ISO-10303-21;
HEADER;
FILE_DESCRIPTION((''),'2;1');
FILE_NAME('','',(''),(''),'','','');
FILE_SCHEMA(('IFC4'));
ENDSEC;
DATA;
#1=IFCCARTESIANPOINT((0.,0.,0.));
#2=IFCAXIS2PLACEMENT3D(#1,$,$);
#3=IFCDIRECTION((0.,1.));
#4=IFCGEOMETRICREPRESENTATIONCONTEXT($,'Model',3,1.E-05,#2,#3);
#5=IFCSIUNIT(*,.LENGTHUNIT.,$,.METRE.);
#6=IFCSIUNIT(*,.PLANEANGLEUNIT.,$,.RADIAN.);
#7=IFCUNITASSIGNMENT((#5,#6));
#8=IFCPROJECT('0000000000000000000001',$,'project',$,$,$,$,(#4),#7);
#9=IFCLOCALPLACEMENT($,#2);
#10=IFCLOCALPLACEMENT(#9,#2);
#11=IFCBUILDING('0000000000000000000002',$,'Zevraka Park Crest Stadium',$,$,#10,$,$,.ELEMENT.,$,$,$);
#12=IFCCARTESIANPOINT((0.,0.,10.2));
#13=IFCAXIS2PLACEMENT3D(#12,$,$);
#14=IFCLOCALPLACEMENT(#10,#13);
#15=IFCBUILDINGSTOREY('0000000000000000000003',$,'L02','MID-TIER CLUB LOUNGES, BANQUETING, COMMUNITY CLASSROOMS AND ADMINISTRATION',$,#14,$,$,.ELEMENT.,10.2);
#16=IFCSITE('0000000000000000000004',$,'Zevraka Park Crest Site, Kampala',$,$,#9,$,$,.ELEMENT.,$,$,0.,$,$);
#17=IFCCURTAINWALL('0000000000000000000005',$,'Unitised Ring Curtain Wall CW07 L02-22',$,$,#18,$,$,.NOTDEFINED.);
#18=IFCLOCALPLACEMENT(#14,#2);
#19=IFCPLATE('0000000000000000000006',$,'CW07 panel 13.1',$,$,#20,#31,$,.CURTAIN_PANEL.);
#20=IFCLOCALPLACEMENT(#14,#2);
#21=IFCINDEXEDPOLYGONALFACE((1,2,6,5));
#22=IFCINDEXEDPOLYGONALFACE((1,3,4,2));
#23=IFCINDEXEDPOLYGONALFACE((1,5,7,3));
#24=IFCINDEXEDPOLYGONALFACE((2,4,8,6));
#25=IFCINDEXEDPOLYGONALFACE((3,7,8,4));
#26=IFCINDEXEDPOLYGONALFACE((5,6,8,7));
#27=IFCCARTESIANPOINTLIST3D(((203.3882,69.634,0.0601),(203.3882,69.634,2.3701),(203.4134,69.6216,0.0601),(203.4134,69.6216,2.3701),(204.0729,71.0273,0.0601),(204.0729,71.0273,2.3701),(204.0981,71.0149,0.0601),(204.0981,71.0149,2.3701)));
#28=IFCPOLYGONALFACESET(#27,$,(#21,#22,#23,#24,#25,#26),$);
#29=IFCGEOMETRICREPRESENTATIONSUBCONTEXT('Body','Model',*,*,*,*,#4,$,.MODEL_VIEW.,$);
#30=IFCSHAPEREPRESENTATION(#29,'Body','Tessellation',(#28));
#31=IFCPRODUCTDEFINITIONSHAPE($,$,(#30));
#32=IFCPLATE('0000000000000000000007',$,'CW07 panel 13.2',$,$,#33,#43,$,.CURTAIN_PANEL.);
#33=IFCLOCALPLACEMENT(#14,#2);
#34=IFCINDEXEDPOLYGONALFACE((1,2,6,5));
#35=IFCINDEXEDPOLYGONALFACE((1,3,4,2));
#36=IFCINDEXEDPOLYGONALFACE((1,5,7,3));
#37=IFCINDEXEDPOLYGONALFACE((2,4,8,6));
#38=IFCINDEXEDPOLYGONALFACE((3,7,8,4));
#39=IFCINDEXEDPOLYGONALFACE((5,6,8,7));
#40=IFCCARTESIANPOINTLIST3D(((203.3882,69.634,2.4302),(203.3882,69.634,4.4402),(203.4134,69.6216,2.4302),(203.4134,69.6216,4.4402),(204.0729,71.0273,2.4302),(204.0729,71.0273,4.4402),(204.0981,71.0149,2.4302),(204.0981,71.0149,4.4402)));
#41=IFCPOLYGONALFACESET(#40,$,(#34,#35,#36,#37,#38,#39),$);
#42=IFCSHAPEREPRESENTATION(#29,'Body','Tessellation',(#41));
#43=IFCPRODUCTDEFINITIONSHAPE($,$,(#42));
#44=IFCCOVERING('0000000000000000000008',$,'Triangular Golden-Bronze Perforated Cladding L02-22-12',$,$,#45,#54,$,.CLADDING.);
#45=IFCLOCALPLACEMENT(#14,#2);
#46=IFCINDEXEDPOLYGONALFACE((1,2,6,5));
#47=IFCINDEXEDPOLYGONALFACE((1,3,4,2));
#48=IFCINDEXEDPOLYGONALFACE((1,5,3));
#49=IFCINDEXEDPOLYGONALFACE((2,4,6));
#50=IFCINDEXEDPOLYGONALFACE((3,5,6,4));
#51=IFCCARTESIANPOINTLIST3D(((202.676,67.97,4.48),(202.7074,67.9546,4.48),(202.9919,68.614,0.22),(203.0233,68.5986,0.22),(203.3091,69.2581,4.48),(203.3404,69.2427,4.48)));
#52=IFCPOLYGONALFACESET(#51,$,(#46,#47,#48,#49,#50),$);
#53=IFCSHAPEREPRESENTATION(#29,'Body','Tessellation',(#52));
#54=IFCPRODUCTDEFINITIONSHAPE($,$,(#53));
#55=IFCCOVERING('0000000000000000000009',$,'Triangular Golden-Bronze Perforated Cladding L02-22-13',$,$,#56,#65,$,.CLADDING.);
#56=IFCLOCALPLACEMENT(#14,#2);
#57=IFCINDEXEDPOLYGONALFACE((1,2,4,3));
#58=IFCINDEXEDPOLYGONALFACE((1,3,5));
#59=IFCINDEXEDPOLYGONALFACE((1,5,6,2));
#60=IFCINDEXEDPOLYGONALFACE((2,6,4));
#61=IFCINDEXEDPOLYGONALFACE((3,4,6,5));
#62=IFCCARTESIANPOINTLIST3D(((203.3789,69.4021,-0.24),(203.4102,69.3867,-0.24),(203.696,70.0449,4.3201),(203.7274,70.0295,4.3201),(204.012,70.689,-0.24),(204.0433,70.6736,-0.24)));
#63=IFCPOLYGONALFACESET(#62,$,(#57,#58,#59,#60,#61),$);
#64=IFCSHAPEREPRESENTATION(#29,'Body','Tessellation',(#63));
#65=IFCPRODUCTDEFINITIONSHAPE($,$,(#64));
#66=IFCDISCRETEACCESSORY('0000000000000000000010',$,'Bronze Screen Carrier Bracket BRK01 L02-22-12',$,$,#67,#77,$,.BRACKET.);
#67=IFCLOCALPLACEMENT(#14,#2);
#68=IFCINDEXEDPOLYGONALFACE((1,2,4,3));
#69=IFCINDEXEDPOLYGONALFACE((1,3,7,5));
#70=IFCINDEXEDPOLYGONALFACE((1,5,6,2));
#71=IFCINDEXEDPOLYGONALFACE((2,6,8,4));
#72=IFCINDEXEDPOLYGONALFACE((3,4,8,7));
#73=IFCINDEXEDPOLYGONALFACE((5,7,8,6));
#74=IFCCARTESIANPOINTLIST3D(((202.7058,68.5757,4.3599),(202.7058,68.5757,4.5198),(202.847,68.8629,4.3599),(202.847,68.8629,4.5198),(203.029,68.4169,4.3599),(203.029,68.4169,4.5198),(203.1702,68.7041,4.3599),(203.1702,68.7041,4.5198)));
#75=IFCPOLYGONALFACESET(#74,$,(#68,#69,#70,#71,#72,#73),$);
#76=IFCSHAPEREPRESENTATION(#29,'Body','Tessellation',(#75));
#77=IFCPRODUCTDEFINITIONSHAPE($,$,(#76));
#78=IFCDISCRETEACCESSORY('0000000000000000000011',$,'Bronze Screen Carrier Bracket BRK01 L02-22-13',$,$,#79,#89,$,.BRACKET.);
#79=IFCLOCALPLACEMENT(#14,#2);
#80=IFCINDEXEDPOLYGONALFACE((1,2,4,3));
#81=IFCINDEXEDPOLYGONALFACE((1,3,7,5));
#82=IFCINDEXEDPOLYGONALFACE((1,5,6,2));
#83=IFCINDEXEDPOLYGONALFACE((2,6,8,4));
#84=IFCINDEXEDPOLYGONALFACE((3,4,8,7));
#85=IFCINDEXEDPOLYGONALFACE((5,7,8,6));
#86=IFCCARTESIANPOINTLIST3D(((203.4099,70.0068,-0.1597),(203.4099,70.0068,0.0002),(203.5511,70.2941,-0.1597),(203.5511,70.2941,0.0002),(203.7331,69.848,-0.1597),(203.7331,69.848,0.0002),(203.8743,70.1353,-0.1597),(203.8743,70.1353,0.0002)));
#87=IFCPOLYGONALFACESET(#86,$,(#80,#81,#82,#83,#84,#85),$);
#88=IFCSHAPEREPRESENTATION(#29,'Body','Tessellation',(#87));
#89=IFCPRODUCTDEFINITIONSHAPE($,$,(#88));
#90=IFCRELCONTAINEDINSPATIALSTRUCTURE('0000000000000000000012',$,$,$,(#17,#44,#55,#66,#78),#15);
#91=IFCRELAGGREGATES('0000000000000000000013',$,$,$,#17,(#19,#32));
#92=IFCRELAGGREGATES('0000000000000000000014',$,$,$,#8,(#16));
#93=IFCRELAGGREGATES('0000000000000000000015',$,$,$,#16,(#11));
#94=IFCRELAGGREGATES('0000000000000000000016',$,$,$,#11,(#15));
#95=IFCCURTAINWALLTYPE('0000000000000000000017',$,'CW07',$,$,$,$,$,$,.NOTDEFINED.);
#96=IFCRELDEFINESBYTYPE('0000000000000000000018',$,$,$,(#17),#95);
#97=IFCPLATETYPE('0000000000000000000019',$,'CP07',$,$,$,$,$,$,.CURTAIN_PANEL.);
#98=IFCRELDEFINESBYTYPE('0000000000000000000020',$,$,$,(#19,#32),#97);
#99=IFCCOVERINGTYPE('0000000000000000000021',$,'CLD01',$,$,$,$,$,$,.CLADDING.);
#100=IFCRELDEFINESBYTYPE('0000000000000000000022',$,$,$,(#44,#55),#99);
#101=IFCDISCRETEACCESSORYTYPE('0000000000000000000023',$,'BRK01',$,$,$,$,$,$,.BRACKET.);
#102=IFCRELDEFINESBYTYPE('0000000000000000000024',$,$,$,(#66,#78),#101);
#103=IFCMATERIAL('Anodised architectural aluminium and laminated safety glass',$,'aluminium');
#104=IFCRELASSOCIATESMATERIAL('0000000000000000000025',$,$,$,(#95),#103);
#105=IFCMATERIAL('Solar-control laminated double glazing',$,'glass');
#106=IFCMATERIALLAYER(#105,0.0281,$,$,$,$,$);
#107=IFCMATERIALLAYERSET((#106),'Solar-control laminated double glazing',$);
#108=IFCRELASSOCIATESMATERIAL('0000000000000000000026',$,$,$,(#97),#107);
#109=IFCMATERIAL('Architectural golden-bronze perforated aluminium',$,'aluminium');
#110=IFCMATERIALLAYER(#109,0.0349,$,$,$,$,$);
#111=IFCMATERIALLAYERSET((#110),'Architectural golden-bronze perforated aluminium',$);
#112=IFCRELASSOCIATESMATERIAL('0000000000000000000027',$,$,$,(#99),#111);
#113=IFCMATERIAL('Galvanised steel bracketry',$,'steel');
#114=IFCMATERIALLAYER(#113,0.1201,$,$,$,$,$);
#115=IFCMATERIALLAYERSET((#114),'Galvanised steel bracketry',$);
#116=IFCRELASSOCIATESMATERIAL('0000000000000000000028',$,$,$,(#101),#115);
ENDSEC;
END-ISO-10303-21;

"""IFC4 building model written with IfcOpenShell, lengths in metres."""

from ifc_helpers import new_model, si_unit, direction, frame, origin, origin_2d, place, context, subcontext, project, spatial, polyline, rectangle, outline, extrude, material, layer, layer_set, type_object, element, aggregate, save


model = new_model("IFC4")

# Units and contexts
model_context = context("Model", 3, precision=1e-05, world=origin(), true_north=direction((0.0, 1.0)))
body_context = subcontext(model_context, "Body", "Model", "MODEL_VIEW")
ifc_project = project(units=[si_unit("LENGTHUNIT", "METRE"), si_unit("PLANEANGLEUNIT", "RADIAN")], contexts=[model_context])

# Site, building, storey
site_placement = place(None, origin())
site = spatial("IfcSite", under=ifc_project, at=site_placement, Name="Zevraka Park Crest Site, Kampala", CompositionType="ELEMENT", RefElevation=0.0)
building_placement = place(site_placement, origin())
building = spatial("IfcBuilding", under=site, at=building_placement, Name="Zevraka Park Crest Stadium", CompositionType="ELEMENT")
storey_placement = place(building_placement, frame((0.0, 0.0, 10.2)))
storey = spatial("IfcBuildingStorey", under=building, at=storey_placement, Name="L02", Description="MID-TIER CLUB LOUNGES, BANQUETING, COMMUNITY CLASSROOMS AND ADMINISTRATION", CompositionType="ELEMENT", Elevation=10.2)

# Curtain wall
ifc_material_1 = material(Name="Anodised architectural aluminium and laminated safety glass", Category="aluminium")
curtain_wall_type_1 = type_object("IfcCurtainWallType", Name="CW07", PredefinedType="NOTDEFINED", material=ifc_material_1)
curtain_wall_1_placement = place(storey_placement, origin())
curtain_wall_1 = element("IfcCurtainWall", 1, at=curtain_wall_1_placement, inside=storey, type_object=curtain_wall_type_1, Name="Unitised Ring Curtain Wall CW07 L02-22", PredefinedType="NOTDEFINED")

# Plates
ifc_material_2 = material(Name="Solar-control laminated double glazing", Category="glass")
ifc_layer_1 = layer(ifc_material_2, 0.0281)
ifc_layer_set_1 = layer_set([ifc_layer_1], Name="Solar-control laminated double glazing")
plate_type = type_object("IfcPlateType", Name="CP07", PredefinedType="CURTAIN_PANEL", material=ifc_layer_set_1)
plate_1_placement = place(storey_placement, frame((203.7432, 70.3245, 0.0601), z_axis=(0.0, 0.0, 1.0), x_axis=(0.441021, 0.897497, 0.0)))
plate_1 = element("IfcPlate", 2, at=plate_1_placement, type_object=plate_type, Name="CW07 panel 13.1", PredefinedType="CURTAIN_PANEL", context=body_context, shape_type="SweptSolid", body=[
    extrude(rectangle(XDim=1.5525, YDim=0.0281, at=origin_2d()), origin(), (0.0, 0.0, 1.0), 2.3101),
])
plate_2_placement = place(storey_placement, frame((203.7432, 70.3245, 2.4302), z_axis=(0.0, 0.0, 1.0), x_axis=(0.441021, 0.897497, 0.0)))
plate_2 = element("IfcPlate", 3, at=plate_2_placement, type_object=plate_type, Name="CW07 panel 13.2", PredefinedType="CURTAIN_PANEL", context=body_context, shape_type="SweptSolid", body=[
    extrude(rectangle(XDim=1.5525, YDim=0.0281, at=origin_2d()), origin(), (0.0, 0.0, 1.0), 2.01),
])
aggregate(curtain_wall_1, [plate_1, plate_2])

# Coverings
ifc_material_3 = material(Name="Architectural golden-bronze perforated aluminium", Category="aluminium")
ifc_layer_2 = layer(ifc_material_3, 0.0349)
ifc_layer_set_2 = layer_set([ifc_layer_2], Name="Architectural golden-bronze perforated aluminium")
covering_type = type_object("IfcCoveringType", Name="CLD01", PredefinedType="CLADDING", material=ifc_layer_set_2)
covering_1_placement = place(storey_placement, frame((203.3091, 69.2581, 4.48), z_axis=(-0.897468, 0.441079, 0.000129), x_axis=(-0.441079, -0.897468, 0.0)))
element("IfcCovering", 4, at=covering_1_placement, inside=storey, type_object=covering_type, Name="Triangular Golden-Bronze Perforated Cladding L02-22-12", PredefinedType="CLADDING", context=body_context, shape_type="SweptSolid", body=[
    extrude(outline(polyline([(0.0, 0.0), (1.4352, 0.0), (0.7179, -4.26), (0.0, 0.0)])), origin(), (0.0, 0.0, -1.0), 0.0349),
])
covering_2_placement = place(storey_placement, frame((203.3789, 69.4021, -0.24), z_axis=(-0.897302, 0.441416, 0.000179), x_axis=(0.441416, 0.897302, 0.0)))
element("IfcCovering", 5, at=covering_2_placement, inside=storey, type_object=covering_type, Name="Triangular Golden-Bronze Perforated Cladding L02-22-13", PredefinedType="CLADDING", context=body_context, shape_type="SweptSolid", body=[
    extrude(outline(polyline([(0.0, 0.0), (1.4341, 0.0), (0.7168, -4.5601), (0.0, 0.0)])), origin(), (0.0, 0.0, -1.0), 0.0349),
])

# Discrete accessories
ifc_material_4 = material(Name="Galvanised steel bracketry", Category="steel")
ifc_layer_3 = layer(ifc_material_4, 0.1201)
ifc_layer_set_3 = layer_set([ifc_layer_3], Name="Galvanised steel bracketry")
discrete_accessory_type = type_object("IfcDiscreteAccessoryType", Name="BRK01", PredefinedType="BRACKET", material=ifc_layer_set_3)
for number, where, z_axis, x_axis, name in (
    (6, (202.938, 68.6399, 4.3599), (0.0, 0.0, 1.0), (0.441036, 0.897489, 0.0), "Bronze Screen Carrier Bracket BRK01 L02-22-12"),
    (7, (203.6421, 70.071, -0.1597), (0.0, 0.0, 1.0), (0.441036, 0.897489, 0.0), "Bronze Screen Carrier Bracket BRK01 L02-22-13"),
):
    element("IfcDiscreteAccessory", number, at=place(storey_placement, frame(where, z_axis=z_axis, x_axis=x_axis)), inside=storey, type_object=discrete_accessory_type, Name=name, PredefinedType="BRACKET", context=body_context, shape_type="SweptSolid", body=[
        extrude(rectangle(XDim=0.3201, YDim=0.3601, at=origin_2d()), origin(), (0.0, 0.0, 1.0), 0.1599),
    ])

save(model, "model.ifc")
